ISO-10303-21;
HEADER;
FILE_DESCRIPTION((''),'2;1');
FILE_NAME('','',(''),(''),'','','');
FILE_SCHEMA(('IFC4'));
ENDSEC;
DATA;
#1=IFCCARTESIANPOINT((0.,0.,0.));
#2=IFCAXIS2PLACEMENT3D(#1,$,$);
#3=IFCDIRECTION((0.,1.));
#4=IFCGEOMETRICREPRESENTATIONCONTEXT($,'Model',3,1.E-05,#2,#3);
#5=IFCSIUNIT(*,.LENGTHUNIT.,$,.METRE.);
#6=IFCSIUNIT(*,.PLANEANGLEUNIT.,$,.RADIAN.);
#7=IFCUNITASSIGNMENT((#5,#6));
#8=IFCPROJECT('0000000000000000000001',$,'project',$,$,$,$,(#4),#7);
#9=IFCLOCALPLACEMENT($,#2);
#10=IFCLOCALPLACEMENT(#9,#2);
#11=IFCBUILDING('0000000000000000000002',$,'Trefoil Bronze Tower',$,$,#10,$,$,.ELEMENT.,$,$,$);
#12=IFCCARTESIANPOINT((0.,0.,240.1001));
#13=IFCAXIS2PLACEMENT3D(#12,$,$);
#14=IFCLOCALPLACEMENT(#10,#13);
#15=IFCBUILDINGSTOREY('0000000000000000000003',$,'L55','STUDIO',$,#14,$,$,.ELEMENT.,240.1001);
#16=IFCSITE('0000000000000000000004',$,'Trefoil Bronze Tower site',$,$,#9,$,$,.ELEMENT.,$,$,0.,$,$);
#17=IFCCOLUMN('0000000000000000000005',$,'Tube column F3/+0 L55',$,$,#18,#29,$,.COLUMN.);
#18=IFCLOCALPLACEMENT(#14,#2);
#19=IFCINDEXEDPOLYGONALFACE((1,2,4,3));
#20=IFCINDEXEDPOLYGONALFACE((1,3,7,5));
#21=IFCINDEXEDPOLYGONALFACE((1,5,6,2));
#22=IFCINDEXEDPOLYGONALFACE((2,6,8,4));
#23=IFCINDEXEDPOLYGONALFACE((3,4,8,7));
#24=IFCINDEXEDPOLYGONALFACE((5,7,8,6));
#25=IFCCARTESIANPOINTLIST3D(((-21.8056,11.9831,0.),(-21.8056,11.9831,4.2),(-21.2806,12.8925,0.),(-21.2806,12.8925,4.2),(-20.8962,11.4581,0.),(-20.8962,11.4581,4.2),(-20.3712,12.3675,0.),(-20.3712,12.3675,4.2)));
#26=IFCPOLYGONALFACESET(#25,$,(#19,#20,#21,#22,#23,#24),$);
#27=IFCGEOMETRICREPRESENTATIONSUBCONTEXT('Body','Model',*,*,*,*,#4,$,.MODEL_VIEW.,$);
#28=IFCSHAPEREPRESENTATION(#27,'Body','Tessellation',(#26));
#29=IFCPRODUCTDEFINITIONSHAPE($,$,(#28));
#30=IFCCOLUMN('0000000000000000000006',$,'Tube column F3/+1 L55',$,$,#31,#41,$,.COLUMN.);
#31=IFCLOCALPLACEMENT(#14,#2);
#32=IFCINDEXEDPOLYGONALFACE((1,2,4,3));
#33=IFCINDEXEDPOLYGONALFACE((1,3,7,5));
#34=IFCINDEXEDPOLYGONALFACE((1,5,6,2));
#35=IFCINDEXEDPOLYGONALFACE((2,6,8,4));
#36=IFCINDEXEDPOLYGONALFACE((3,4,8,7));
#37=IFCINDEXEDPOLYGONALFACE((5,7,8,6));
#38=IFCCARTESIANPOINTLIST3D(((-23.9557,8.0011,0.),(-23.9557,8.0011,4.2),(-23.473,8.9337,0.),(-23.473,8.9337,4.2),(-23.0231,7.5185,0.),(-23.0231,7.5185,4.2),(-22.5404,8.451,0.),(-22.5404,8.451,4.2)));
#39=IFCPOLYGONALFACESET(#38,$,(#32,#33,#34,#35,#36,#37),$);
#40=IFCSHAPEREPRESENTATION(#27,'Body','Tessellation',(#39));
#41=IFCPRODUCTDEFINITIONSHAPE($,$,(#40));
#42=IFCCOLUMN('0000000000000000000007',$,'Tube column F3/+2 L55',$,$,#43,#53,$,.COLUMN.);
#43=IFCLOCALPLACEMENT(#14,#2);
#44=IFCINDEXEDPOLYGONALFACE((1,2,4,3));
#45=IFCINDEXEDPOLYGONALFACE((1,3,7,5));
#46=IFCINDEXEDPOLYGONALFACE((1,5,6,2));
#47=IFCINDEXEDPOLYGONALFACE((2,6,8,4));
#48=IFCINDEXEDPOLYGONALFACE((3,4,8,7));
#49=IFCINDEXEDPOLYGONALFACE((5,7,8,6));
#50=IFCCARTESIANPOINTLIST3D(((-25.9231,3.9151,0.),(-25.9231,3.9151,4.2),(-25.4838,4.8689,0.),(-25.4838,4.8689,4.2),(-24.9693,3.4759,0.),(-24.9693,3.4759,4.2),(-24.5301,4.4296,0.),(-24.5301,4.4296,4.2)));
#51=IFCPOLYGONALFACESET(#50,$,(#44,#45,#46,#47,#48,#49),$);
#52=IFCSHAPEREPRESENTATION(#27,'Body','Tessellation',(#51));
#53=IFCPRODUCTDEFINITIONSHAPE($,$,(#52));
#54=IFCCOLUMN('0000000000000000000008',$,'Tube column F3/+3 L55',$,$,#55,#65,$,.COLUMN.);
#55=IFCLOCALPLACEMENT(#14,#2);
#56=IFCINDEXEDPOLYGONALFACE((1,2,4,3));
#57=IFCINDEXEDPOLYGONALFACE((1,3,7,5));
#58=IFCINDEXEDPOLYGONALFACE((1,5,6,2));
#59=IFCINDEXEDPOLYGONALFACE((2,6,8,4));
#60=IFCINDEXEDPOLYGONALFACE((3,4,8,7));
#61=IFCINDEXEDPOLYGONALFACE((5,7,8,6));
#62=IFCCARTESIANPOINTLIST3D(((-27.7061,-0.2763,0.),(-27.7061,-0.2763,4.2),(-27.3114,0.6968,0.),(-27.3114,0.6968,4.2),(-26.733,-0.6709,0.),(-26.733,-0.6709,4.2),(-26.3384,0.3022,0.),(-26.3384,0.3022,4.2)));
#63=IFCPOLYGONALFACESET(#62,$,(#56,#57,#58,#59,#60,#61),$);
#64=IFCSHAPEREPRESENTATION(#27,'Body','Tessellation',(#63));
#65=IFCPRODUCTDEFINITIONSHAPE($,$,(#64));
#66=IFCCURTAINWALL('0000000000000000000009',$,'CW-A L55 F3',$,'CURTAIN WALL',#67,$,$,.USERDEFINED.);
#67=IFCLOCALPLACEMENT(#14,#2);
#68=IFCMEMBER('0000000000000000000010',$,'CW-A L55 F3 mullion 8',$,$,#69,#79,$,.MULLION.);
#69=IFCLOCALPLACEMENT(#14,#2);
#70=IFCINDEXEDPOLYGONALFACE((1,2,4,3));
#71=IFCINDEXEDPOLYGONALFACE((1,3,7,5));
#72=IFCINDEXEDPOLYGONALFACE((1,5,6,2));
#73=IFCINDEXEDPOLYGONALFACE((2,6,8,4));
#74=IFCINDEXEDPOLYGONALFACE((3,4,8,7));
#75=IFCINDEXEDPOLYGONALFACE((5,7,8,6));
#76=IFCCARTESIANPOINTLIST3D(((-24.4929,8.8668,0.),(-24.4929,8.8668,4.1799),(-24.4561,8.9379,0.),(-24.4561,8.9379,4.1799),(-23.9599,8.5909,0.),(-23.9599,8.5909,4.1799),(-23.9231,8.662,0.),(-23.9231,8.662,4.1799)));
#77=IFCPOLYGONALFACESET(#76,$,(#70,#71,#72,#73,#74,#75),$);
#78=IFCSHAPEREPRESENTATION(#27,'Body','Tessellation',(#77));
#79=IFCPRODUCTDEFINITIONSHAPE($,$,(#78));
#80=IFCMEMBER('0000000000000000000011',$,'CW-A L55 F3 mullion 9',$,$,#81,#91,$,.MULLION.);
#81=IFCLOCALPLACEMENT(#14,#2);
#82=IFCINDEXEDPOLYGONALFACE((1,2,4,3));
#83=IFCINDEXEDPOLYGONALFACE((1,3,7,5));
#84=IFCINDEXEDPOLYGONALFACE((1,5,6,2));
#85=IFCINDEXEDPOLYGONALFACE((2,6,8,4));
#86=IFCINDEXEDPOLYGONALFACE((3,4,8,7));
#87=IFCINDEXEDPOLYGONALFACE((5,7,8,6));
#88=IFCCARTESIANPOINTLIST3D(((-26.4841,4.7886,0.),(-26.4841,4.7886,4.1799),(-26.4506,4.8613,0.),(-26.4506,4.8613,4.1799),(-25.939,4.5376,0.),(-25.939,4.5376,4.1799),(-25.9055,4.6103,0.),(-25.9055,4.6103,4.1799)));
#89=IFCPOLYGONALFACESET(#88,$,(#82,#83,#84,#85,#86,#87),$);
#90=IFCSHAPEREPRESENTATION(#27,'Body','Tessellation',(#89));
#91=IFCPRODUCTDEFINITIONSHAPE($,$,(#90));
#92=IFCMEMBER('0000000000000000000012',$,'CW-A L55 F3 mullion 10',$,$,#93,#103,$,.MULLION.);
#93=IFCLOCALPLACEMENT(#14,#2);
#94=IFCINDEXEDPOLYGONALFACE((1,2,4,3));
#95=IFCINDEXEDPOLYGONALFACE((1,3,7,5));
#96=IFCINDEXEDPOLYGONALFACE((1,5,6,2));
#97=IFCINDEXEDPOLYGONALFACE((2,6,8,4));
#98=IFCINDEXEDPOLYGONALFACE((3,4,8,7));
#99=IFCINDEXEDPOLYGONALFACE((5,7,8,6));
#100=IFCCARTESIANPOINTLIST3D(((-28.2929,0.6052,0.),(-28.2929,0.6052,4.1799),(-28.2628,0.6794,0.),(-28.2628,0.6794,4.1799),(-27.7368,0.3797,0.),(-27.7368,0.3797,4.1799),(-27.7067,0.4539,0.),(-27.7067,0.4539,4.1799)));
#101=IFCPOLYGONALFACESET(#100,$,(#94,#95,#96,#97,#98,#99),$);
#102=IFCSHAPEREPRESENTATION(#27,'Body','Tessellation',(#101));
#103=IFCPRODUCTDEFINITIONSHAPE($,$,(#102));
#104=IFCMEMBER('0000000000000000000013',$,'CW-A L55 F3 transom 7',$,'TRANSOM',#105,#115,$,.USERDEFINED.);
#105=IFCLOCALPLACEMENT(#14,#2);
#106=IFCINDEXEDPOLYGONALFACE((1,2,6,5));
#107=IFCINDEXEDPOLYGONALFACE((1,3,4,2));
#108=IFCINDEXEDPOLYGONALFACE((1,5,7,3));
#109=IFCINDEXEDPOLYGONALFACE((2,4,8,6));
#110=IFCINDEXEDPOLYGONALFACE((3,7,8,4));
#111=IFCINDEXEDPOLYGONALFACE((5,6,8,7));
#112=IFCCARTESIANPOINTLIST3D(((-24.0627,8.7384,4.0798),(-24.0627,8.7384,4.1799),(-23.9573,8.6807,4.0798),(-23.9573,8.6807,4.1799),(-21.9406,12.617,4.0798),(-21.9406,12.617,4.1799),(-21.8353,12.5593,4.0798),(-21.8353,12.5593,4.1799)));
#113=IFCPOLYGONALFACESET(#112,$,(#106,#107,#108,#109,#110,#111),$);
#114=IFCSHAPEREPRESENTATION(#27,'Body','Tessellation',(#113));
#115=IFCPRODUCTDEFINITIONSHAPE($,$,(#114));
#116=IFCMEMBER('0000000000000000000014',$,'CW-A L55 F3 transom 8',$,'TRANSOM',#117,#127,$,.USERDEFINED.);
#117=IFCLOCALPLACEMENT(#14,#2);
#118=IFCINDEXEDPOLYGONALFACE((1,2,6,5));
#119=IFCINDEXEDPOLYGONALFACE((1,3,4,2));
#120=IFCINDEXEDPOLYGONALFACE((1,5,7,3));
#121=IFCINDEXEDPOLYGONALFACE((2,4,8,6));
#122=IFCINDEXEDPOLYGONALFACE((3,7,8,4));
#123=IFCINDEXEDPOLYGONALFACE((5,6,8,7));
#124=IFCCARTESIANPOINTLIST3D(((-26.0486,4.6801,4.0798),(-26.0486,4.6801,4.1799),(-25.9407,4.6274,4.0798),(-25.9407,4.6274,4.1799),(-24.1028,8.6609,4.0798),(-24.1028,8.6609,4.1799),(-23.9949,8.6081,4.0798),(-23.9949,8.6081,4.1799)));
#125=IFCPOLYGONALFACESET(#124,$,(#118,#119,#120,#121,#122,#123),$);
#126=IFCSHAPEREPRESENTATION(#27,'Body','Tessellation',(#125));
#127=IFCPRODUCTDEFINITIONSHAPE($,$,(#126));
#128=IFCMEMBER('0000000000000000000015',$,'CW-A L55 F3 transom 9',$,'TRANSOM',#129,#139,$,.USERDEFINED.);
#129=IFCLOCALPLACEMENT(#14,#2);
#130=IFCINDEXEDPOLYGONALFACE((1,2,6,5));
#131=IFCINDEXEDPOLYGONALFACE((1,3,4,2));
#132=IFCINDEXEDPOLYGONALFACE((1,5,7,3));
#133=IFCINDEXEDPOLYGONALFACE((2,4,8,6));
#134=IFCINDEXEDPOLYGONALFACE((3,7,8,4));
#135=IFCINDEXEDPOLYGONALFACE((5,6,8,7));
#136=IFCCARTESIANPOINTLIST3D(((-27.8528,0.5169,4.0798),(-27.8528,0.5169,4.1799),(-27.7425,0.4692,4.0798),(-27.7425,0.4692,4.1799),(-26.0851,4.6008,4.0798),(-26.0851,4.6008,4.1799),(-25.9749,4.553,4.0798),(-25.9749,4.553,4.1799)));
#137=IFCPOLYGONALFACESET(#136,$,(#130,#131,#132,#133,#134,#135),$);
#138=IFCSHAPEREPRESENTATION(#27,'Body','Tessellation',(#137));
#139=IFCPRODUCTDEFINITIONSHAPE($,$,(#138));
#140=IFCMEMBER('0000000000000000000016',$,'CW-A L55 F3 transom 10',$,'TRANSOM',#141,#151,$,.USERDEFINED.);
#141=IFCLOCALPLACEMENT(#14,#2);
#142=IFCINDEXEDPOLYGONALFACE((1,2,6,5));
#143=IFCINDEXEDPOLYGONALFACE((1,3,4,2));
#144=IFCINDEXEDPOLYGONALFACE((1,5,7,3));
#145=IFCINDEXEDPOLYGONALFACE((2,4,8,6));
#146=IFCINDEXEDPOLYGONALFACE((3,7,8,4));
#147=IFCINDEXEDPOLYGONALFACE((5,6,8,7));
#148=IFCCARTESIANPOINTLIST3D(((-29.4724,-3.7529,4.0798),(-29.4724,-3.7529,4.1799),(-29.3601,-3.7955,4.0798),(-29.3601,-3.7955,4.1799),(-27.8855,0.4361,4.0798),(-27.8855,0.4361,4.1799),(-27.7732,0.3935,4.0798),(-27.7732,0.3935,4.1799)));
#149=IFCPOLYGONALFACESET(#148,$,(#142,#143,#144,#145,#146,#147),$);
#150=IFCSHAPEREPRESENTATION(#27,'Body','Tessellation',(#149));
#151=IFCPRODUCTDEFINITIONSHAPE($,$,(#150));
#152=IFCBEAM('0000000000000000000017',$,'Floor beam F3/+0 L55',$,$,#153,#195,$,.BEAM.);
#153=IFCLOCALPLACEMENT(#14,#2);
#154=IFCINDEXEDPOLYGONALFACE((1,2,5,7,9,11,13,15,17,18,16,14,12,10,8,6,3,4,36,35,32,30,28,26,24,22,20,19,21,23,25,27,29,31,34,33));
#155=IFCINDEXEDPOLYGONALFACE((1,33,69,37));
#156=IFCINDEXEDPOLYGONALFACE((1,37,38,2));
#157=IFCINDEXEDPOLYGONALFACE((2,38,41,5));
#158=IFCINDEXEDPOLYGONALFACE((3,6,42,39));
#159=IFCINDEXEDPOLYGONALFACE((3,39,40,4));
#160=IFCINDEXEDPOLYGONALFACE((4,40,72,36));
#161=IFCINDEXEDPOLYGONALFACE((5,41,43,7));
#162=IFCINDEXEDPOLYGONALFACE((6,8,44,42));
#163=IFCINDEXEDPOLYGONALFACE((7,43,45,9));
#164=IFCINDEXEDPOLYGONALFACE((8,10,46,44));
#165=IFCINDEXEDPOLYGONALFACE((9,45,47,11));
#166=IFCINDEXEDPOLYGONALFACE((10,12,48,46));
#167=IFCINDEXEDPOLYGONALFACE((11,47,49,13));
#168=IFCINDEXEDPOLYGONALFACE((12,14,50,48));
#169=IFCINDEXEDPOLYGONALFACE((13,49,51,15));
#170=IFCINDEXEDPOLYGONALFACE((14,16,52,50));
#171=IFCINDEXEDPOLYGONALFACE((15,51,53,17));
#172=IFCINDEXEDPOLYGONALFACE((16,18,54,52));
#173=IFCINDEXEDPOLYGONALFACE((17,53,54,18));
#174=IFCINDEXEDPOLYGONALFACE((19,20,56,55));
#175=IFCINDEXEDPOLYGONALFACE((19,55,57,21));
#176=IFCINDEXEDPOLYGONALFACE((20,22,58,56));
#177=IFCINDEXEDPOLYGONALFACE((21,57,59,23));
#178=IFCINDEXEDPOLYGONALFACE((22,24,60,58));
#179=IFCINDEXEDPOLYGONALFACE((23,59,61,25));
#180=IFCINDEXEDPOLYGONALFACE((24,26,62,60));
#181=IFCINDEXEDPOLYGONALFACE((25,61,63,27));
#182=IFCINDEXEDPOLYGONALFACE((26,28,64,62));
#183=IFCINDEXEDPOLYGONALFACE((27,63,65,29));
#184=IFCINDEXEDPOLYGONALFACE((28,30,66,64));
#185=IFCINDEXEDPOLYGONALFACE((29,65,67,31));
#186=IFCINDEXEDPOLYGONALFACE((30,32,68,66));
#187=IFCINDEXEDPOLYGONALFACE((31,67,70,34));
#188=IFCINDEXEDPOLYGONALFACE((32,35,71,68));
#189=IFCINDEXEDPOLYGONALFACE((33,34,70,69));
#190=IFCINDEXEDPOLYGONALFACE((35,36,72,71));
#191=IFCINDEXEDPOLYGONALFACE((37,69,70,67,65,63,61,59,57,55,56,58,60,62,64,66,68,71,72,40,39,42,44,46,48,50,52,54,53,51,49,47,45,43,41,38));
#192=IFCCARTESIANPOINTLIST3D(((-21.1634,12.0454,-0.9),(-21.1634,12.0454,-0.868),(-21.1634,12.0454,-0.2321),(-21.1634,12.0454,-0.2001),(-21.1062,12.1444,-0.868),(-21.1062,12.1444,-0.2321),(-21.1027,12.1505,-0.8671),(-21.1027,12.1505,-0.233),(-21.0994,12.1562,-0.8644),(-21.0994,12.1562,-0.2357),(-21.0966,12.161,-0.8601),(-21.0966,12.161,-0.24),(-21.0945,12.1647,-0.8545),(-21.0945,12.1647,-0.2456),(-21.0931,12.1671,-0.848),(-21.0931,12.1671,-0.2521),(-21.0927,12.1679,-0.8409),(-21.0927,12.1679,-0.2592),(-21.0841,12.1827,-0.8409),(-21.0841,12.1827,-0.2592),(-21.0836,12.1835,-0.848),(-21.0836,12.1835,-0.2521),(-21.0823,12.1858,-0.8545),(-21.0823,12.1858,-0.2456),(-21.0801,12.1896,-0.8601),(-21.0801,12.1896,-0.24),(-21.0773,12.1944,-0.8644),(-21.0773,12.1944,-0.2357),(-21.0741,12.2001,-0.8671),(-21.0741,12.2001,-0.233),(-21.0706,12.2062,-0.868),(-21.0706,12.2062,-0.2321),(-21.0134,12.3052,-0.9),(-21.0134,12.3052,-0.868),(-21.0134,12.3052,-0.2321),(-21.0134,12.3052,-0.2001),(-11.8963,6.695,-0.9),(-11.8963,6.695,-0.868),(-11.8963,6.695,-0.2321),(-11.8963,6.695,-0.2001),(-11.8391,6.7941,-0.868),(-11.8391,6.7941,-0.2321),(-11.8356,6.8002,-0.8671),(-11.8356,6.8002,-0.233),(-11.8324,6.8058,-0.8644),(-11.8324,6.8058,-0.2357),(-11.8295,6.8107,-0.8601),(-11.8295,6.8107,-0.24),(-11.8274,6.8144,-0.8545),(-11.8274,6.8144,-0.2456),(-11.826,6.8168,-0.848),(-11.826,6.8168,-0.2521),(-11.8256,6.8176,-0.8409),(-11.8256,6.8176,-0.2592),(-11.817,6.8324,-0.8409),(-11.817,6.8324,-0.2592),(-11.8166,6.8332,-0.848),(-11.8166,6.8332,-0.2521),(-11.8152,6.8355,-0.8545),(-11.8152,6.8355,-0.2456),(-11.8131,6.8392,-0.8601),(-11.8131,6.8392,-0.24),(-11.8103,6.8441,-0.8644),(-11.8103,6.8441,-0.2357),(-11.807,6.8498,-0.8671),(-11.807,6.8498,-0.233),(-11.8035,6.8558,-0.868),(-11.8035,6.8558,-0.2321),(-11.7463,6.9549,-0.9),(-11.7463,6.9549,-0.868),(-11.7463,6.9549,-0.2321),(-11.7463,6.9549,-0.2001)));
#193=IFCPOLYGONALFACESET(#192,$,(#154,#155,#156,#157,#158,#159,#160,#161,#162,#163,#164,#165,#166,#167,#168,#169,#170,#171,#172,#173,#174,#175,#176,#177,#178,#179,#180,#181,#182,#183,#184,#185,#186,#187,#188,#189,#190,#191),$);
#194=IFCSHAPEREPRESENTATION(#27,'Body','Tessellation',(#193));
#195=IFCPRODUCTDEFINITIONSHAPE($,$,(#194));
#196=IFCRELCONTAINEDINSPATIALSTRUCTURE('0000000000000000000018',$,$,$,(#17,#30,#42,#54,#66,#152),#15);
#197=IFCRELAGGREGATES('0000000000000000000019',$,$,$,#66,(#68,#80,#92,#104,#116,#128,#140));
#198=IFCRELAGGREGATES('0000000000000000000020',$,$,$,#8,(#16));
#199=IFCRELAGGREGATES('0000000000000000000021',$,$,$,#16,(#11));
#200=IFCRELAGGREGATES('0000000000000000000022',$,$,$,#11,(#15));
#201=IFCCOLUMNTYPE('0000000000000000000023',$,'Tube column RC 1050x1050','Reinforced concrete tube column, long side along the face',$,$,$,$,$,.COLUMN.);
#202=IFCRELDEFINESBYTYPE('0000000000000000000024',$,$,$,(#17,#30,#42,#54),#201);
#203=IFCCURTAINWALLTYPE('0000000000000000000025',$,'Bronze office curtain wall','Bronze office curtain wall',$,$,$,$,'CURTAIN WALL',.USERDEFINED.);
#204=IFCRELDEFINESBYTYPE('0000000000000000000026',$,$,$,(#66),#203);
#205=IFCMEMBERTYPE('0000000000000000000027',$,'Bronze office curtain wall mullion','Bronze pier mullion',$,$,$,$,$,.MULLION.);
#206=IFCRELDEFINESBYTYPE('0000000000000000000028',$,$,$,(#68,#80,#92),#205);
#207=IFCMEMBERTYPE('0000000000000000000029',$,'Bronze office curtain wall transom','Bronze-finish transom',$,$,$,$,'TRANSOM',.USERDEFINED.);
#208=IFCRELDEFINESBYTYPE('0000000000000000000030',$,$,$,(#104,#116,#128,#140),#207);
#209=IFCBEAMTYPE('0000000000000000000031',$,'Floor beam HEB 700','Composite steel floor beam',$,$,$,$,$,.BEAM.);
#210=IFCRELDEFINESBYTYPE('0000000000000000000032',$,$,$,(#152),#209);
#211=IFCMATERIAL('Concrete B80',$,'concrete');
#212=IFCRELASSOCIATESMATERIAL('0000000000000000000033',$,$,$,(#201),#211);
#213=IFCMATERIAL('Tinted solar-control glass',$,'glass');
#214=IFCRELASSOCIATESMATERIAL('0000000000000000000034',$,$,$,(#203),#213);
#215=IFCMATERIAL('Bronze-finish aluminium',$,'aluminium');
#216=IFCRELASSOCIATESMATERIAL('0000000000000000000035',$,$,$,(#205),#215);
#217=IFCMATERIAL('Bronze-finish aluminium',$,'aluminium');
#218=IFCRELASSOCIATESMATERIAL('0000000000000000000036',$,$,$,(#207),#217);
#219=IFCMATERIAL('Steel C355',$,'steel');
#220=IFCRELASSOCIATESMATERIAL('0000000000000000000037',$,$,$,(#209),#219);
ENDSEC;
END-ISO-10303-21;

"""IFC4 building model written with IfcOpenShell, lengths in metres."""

from ifc_helpers import new_model, si_unit, direction, frame, origin, origin_2d, place, context, subcontext, project, spatial, rectangle, i_section, extrude, material, material_profile, profile_set, type_object, element, aggregate, save


model = new_model("IFC4")

# Units and contexts
model_context = context("Model", 3, precision=1e-05, world=origin(), true_north=direction((0.0, 1.0)))
body_context = subcontext(model_context, "Body", "Model", "MODEL_VIEW")
ifc_project = project(units=[si_unit("LENGTHUNIT", "METRE"), si_unit("PLANEANGLEUNIT", "RADIAN")], contexts=[model_context])

# Site, building, storey
site_placement = place(None, origin())
site = spatial("IfcSite", under=ifc_project, at=site_placement, Name="Trefoil Bronze Tower site", CompositionType="ELEMENT", RefElevation=0.0)
building_placement = place(site_placement, origin())
building = spatial("IfcBuilding", under=site, at=building_placement, Name="Trefoil Bronze Tower", CompositionType="ELEMENT")
storey_placement = place(building_placement, frame((0.0, 0.0, 240.1001)))
storey = spatial("IfcBuildingStorey", under=building, at=storey_placement, Name="L55", Description="STUDIO", CompositionType="ELEMENT", Elevation=240.1001)

# Columns
ifc_material_1 = material(Name="Concrete B80", Category="concrete")
ifc_material_profile_1 = material_profile(ifc_material_1, rectangle(XDim=1.05, YDim=1.05, at=origin_2d()), Name="RC 1050x1050")
ifc_profile_set_1 = profile_set([ifc_material_profile_1], Name="Concrete B80")
column_type = type_object("IfcColumnType", Name="Tube column RC 1050x1050", Description="Reinforced concrete tube column, long side along the face", PredefinedType="COLUMN", material=ifc_profile_set_1)
for number, where, z_axis, x_axis, name in (
    (1, (-21.0884, 12.1753, 0.0), (0.0, 0.0, 1.0), (-0.5, -0.866025, 0.0), "Tube column F3/+0 L55"),
    (2, (-23.248, 8.2261, 0.0), (0.0, 0.0, 1.0), (-0.459673, -0.888088, 0.0), "Tube column F3/+1 L55"),
    (3, (-25.2266, 4.1724, 0.0), (0.0, 0.0, 1.0), (-0.418286, -0.908315, 0.0), "Tube column F3/+2 L55"),
    (4, (-27.0222, 0.0129, 0.0), (0.0, 0.0, 1.0), (-0.375828, -0.926689, 0.0), "Tube column F3/+3 L55"),
):
    element("IfcColumn", number, at=place(storey_placement, frame(where, z_axis=z_axis, x_axis=x_axis)), inside=storey, type_object=column_type, Name=name, PredefinedType="COLUMN", context=body_context, shape_type="SweptSolid", body=[
        extrude(rectangle(XDim=1.05, YDim=1.05, at=origin_2d()), origin(), (0.0, 0.0, 1.0), 4.2),
    ])

# Curtain wall, members
ifc_material_2 = material(Name="Tinted solar-control glass", Category="glass")
curtain_wall_type = type_object("IfcCurtainWallType", Name="Bronze office curtain wall", Description="Bronze office curtain wall", ElementType="CURTAIN WALL", PredefinedType="USERDEFINED", material=ifc_material_2)
curtain_wall_placement = place(storey_placement, origin())
curtain_wall = element("IfcCurtainWall", 5, at=curtain_wall_placement, inside=storey, type_object=curtain_wall_type, Name="CW-A L55 F3", ObjectType="CURTAIN WALL", PredefinedType="USERDEFINED")
ifc_material_3 = material(Name="Bronze-finish aluminium", Category="aluminium")
ifc_material_profile_2 = material_profile(ifc_material_3, rectangle(XDim=0.6001, YDim=0.0801, at=origin_2d()), Name="CW-A mullion")
ifc_profile_set_2 = profile_set([ifc_material_profile_2], Name="Bronze-finish aluminium")
member_type_1 = type_object("IfcMemberType", Name="Bronze office curtain wall mullion", Description="Bronze pier mullion", PredefinedType="MULLION", material=ifc_profile_set_2)
member_1_placement = place(storey_placement, frame((-24.208, 8.7644, 0.0), z_axis=(0.0, 0.0, 1.0), x_axis=(0.888088, -0.459673, 0.0)))
member_1 = element("IfcMember", 6, at=member_1_placement, type_object=member_type_1, Name="CW-A L55 F3 mullion 8", PredefinedType="MULLION", context=body_context, shape_type="SweptSolid", body=[
    extrude(rectangle(XDim=0.6001, YDim=0.0801, at=origin_2d()), origin(), (0.0, 0.0, 1.0), 4.1799),
])
member_2_placement = place(storey_placement, frame((-26.1948, 4.6995, 0.0), z_axis=(0.0, 0.0, 1.0), x_axis=(0.908315, -0.418286, 0.0)))
member_2 = element("IfcMember", 7, at=member_2_placement, type_object=member_type_1, Name="CW-A L55 F3 mullion 9", PredefinedType="MULLION", context=body_context, shape_type="SweptSolid", body=[
    extrude(rectangle(XDim=0.6001, YDim=0.0801, at=origin_2d()), origin(), (0.0, 0.0, 1.0), 4.1799),
])
member_3_placement = place(storey_placement, frame((-27.9998, 0.5295, 0.0), z_axis=(0.0, 0.0, 1.0), x_axis=(0.926689, -0.375828, 0.0)))
member_3 = element("IfcMember", 8, at=member_3_placement, type_object=member_type_1, Name="CW-A L55 F3 mullion 10", PredefinedType="MULLION", context=body_context, shape_type="SweptSolid", body=[
    extrude(rectangle(XDim=0.6001, YDim=0.0801, at=origin_2d()), origin(), (0.0, 0.0, 1.0), 4.1799),
])
ifc_material_4 = material(Name="Bronze-finish aluminium", Category="aluminium")
ifc_material_profile_3 = material_profile(ifc_material_4, rectangle(XDim=0.1201, YDim=0.1001, at=origin_2d()), Name="CW-A transom")
ifc_profile_set_3 = profile_set([ifc_material_profile_3], Name="Bronze-finish aluminium")
member_type_2 = type_object("IfcMemberType", Name="Bronze office curtain wall transom", Description="Bronze-finish transom", ElementType="TRANSOM", PredefinedType="USERDEFINED", material=ifc_profile_set_3)
member_4_placement = place(storey_placement, frame((-21.8879, 12.5881, 4.1299), z_axis=(-0.479974, -0.877283, 0.0), x_axis=(0.877283, -0.479974, 0.0)))
member_4 = element("IfcMember", 9, at=member_4_placement, type_object=member_type_2, Name="CW-A L55 F3 transom 7", ObjectType="TRANSOM", PredefinedType="USERDEFINED", context=body_context, shape_type="SweptSolid", body=[
    extrude(rectangle(XDim=0.1201, YDim=0.1001, at=origin_2d()), origin(), (0.0, 0.0, 1.0), 4.4211),
])
member_5_placement = place(storey_placement, frame((-24.0488, 8.6345, 4.1299), z_axis=(-0.439151, -0.898413, 0.0), x_axis=(0.898413, -0.439151, 0.0)))
member_5 = element("IfcMember", 10, at=member_5_placement, type_object=member_type_2, Name="CW-A L55 F3 transom 8", ObjectType="TRANSOM", PredefinedType="USERDEFINED", context=body_context, shape_type="SweptSolid", body=[
    extrude(rectangle(XDim=0.1201, YDim=0.1001, at=origin_2d()), origin(), (0.0, 0.0, 1.0), 4.4309),
])
member_6_placement = place(storey_placement, frame((-26.03, 4.5769, 4.1299), z_axis=(-0.397221, -0.917723, 0.0), x_axis=(0.917723, -0.397221, 0.0)))
member_6 = element("IfcMember", 11, at=member_6_placement, type_object=member_type_2, Name="CW-A L55 F3 transom 9", ObjectType="TRANSOM", PredefinedType="USERDEFINED", context=body_context, shape_type="SweptSolid", body=[
    extrude(rectangle(XDim=0.1201, YDim=0.1001, at=origin_2d()), origin(), (0.0, 0.0, 1.0), 4.45),
])
member_7_placement = place(storey_placement, frame((-27.8293, 0.4148, 4.1299), z_axis=(-0.354263, -0.935146, 0.0), x_axis=(0.935146, -0.354263, 0.0)))
member_7 = element("IfcMember", 12, at=member_7_placement, type_object=member_type_2, Name="CW-A L55 F3 transom 10", ObjectType="TRANSOM", PredefinedType="USERDEFINED", context=body_context, shape_type="SweptSolid", body=[
    extrude(rectangle(XDim=0.1201, YDim=0.1001, at=origin_2d()), origin(), (0.0, 0.0, 1.0), 4.4795),
])

# Beam
ifc_material_5 = material(Name="Steel C355", Category="steel")
ifc_material_profile_4 = material_profile(ifc_material_5, i_section(OverallWidth=0.3, OverallDepth=0.7, WebThickness=0.0171, FlangeThickness=0.032, FilletRadius=0.0271, at=origin_2d()), Name="HEB 700")
ifc_profile_set_4 = profile_set([ifc_material_profile_4], Name="Steel C355")
beam_type_1 = type_object("IfcBeamType", Name="Floor beam HEB 700", Description="Composite steel floor beam", PredefinedType="BEAM", material=ifc_profile_set_4)
beam_1_placement = place(storey_placement, frame((-21.0884, 12.1753, -0.55), z_axis=(0.866026, -0.499999, 0.0), x_axis=(0.499999, 0.866026, 0.0)))
element("IfcBeam", 13, at=beam_1_placement, inside=storey, type_object=beam_type_1, Name="Floor beam F3/+0 L55", PredefinedType="BEAM", context=body_context, shape_type="SweptSolid", body=[
    extrude(i_section(OverallWidth=0.3, OverallDepth=0.7, WebThickness=0.0171, FlangeThickness=0.032, FilletRadius=0.0271, at=origin_2d()), origin(), (0.0, 0.0, 1.0), 10.7007),
])

aggregate(curtain_wall, [member_1, member_2, member_3, member_4, member_5, member_6, member_7])

save(model, "model.ifc")
